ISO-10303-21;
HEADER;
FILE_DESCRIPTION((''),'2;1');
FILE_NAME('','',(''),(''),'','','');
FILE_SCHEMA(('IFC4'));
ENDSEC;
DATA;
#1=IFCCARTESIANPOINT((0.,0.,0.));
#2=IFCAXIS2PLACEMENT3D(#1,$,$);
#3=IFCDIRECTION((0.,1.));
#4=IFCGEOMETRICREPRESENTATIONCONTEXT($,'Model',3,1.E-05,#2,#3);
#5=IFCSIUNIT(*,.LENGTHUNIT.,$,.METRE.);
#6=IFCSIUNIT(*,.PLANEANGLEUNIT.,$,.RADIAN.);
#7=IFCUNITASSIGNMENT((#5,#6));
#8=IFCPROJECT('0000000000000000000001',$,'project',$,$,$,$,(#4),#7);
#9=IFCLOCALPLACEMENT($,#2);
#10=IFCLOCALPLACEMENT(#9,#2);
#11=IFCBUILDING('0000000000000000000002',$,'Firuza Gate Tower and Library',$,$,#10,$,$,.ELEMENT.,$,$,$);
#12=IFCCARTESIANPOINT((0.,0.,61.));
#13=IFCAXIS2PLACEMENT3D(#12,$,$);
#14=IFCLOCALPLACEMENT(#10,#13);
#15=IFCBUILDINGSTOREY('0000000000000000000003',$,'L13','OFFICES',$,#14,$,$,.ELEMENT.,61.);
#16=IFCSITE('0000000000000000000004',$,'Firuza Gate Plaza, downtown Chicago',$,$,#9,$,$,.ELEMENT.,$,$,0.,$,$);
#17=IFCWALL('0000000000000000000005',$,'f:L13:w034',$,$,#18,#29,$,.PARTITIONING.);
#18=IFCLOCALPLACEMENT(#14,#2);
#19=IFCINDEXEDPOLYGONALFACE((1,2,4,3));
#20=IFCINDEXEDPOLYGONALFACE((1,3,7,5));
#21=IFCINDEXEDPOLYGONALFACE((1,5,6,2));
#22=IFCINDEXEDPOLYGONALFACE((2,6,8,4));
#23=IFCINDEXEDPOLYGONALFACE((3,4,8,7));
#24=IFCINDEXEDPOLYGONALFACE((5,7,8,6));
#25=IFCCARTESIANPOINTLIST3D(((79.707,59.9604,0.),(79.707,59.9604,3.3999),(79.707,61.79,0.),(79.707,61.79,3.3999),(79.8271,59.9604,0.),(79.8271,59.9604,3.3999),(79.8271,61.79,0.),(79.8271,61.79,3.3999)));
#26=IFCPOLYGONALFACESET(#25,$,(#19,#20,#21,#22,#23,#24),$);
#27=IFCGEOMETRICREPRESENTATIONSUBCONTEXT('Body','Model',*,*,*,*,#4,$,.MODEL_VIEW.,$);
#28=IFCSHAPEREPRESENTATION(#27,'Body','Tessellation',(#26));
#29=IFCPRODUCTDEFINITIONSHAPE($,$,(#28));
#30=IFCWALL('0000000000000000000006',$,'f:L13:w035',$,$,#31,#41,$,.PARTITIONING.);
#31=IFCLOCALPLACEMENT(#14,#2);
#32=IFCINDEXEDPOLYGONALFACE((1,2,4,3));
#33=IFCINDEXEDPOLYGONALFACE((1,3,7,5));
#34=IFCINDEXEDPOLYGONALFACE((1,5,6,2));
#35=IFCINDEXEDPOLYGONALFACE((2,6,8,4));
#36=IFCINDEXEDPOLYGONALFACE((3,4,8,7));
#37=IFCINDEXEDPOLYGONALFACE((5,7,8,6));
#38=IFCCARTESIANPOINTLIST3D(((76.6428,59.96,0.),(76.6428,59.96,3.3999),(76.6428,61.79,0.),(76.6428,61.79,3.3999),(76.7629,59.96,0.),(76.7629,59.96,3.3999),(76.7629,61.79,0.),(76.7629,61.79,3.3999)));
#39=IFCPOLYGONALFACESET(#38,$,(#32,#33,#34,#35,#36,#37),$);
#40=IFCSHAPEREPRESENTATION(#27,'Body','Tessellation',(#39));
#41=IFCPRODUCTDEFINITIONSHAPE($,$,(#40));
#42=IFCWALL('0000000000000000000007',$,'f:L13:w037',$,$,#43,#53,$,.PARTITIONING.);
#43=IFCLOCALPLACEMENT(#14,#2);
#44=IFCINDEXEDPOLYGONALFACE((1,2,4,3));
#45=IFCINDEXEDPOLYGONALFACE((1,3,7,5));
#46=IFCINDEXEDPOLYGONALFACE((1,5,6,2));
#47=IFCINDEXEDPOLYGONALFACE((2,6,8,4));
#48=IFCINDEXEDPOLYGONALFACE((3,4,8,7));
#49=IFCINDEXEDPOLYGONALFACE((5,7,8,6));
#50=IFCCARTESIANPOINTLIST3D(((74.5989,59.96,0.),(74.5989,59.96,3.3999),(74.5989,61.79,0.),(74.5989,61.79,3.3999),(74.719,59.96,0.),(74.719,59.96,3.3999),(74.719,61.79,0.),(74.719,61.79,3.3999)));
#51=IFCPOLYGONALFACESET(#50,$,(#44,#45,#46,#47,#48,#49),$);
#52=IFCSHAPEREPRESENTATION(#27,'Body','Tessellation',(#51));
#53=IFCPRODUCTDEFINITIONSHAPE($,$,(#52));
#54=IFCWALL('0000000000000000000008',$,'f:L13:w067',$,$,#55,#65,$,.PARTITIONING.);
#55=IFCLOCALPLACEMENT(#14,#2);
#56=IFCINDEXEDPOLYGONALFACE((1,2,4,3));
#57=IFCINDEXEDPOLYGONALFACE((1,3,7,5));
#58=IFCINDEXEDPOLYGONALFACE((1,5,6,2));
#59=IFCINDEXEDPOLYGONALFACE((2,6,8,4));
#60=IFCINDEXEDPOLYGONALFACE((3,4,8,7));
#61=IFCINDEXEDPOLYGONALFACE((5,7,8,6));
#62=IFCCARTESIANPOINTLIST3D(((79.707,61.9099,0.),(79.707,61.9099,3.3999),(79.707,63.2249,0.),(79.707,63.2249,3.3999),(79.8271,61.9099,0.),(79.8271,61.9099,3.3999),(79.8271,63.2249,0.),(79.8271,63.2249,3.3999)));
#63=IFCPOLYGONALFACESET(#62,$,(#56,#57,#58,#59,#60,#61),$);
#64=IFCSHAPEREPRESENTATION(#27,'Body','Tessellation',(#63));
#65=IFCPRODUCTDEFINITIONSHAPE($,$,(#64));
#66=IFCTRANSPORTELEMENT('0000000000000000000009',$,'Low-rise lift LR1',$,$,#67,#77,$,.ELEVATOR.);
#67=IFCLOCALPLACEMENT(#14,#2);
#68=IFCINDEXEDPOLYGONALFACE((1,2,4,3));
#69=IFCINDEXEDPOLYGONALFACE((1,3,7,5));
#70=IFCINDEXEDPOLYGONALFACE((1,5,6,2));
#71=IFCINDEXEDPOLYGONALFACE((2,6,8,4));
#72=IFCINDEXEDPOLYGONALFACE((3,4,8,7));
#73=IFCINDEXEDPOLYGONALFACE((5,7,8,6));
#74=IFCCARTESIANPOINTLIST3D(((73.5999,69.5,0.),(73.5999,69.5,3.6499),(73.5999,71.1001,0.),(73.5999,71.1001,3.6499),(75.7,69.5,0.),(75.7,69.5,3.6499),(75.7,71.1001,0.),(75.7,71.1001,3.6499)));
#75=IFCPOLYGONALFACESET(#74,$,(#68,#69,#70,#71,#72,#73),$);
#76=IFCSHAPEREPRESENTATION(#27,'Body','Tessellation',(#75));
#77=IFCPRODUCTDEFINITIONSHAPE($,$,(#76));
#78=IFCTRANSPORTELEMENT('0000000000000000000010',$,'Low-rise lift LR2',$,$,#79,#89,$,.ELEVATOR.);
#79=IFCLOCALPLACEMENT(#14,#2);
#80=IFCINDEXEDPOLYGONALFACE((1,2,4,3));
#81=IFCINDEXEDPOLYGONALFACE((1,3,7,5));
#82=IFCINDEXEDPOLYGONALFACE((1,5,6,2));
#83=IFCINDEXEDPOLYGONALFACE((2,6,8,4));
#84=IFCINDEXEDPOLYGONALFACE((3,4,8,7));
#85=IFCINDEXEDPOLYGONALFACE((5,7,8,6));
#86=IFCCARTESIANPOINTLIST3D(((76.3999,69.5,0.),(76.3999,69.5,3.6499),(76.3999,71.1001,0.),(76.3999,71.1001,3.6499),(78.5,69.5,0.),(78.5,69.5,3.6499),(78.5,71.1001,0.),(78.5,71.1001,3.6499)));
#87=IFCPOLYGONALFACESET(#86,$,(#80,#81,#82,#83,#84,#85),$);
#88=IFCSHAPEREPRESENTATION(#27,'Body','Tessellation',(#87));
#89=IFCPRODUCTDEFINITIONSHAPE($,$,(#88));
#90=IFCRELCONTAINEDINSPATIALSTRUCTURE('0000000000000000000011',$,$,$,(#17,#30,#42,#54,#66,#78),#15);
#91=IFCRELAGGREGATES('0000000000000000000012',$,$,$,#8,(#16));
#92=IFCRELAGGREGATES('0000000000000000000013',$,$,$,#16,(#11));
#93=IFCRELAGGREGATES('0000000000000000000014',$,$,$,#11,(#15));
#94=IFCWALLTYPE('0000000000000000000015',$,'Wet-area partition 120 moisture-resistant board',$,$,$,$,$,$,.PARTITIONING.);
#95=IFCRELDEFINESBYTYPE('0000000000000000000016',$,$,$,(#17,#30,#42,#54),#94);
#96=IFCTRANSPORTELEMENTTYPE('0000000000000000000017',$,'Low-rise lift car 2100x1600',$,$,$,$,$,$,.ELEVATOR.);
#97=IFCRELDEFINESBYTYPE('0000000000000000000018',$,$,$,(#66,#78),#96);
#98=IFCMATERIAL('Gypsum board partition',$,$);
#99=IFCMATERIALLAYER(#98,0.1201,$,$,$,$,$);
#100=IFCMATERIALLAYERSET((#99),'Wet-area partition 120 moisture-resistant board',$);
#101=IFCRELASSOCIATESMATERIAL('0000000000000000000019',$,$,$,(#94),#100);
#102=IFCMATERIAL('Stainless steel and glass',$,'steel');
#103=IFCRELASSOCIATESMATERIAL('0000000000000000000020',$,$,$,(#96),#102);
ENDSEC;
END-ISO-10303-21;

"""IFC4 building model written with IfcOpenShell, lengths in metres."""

from ifc_helpers import new_model, si_unit, direction, frame, frame_2d, origin, origin_2d, place, context, subcontext, project, spatial, rectangle, extrude, material, layer, layer_set, type_object, element, save


model = new_model("IFC4")

# Units and contexts
model_context = context("Model", 3, precision=1e-05, world=origin(), true_north=direction((0.0, 1.0)))
body_context = subcontext(model_context, "Body", "Model", "MODEL_VIEW")
ifc_project = project(units=[si_unit("LENGTHUNIT", "METRE"), si_unit("PLANEANGLEUNIT", "RADIAN")], contexts=[model_context])

# Site, building, storey
site_placement = place(None, origin())
site = spatial("IfcSite", under=ifc_project, at=site_placement, Name="Firuza Gate Plaza, downtown Chicago", CompositionType="ELEMENT", RefElevation=0.0)
building_placement = place(site_placement, origin())
building = spatial("IfcBuilding", under=site, at=building_placement, Name="Firuza Gate Tower and Library", CompositionType="ELEMENT")
storey_placement = place(building_placement, frame((0.0, 0.0, 61.0)))
storey = spatial("IfcBuildingStorey", under=building, at=storey_placement, Name="L13", Description="OFFICES", CompositionType="ELEMENT", Elevation=61.0)

# Shared definitions
ifc_material_1 = material(Name="Gypsum board partition")
ifc_layer_1 = layer(ifc_material_1, 0.1201)
ifc_layer_set_1 = layer_set([ifc_layer_1], Name="Wet-area partition 120 moisture-resistant board")
wall_type_1 = type_object("IfcWallType", Name="Wet-area partition 120 moisture-resistant board", PredefinedType="PARTITIONING", material=ifc_layer_set_1)

# Walls
wall_1_placement = place(storey_placement, frame((79.7671, 59.9604, 0.0), z_axis=(0.0, 0.0, 1.0), x_axis=(0.0, 1.0, 0.0)))
element("IfcWall", 1, at=wall_1_placement, inside=storey, type_object=wall_type_1, Name="f:L13:w034", PredefinedType="PARTITIONING", context=body_context, shape_type="SweptSolid", body=[
    extrude(rectangle(XDim=1.8296, YDim=0.1201, at=frame_2d((0.9148, 0.0))), origin(), (0.0, 0.0, 1.0), 3.3999),
])
for number, where, z_axis, x_axis, name in (
    (2, (76.7029, 59.96, 0.0), (0.0, 0.0, 1.0), (0.0, 1.0, 0.0), "f:L13:w035"),
    (3, (74.6589, 59.96, 0.0), (0.0, 0.0, 1.0), (0.0, 1.0, 0.0), "f:L13:w037"),
):
    element("IfcWall", number, at=place(storey_placement, frame(where, z_axis=z_axis, x_axis=x_axis)), inside=storey, type_object=wall_type_1, Name=name, PredefinedType="PARTITIONING", context=body_context, shape_type="SweptSolid", body=[
        extrude(rectangle(XDim=1.8301, YDim=0.1201, at=frame_2d((0.915, 0.0))), origin(), (0.0, 0.0, 1.0), 3.3999),
    ])
wall_2_placement = place(storey_placement, frame((79.7671, 61.9099, 0.0), z_axis=(0.0, 0.0, 1.0), x_axis=(0.0, 1.0, 0.0)))
element("IfcWall", 4, at=wall_2_placement, inside=storey, type_object=wall_type_1, Name="f:L13:w067", PredefinedType="PARTITIONING", context=body_context, shape_type="SweptSolid", body=[
    extrude(rectangle(XDim=1.3149, YDim=0.1201, at=frame_2d((0.6575, 0.0))), origin(), (0.0, 0.0, 1.0), 3.3999),
])

# Transport elements
ifc_material_2 = material(Name="Stainless steel and glass", Category="steel")
transport_element_type = type_object("IfcTransportElementType", Name="Low-rise lift car 2100x1600", PredefinedType="ELEVATOR", material=ifc_material_2)
for number, where, z_axis, x_axis, name in (
    (5, (74.6499, 70.3, 0.0), (0.0, 0.0, 1.0), (1.0, 0.0, 0.0), "Low-rise lift LR1"),
    (6, (77.45, 70.3, 0.0), (0.0, 0.0, 1.0), (1.0, 0.0, 0.0), "Low-rise lift LR2"),
):
    element("IfcTransportElement", number, at=place(storey_placement, frame(where, z_axis=z_axis, x_axis=x_axis)), inside=storey, type_object=transport_element_type, Name=name, PredefinedType="ELEVATOR", context=body_context, shape_type="SweptSolid", body=[
        extrude(rectangle(XDim=2.1001, YDim=1.6001, at=origin_2d()), origin(), (0.0, 0.0, 1.0), 3.6499),
    ])

save(model, "model.ifc")
